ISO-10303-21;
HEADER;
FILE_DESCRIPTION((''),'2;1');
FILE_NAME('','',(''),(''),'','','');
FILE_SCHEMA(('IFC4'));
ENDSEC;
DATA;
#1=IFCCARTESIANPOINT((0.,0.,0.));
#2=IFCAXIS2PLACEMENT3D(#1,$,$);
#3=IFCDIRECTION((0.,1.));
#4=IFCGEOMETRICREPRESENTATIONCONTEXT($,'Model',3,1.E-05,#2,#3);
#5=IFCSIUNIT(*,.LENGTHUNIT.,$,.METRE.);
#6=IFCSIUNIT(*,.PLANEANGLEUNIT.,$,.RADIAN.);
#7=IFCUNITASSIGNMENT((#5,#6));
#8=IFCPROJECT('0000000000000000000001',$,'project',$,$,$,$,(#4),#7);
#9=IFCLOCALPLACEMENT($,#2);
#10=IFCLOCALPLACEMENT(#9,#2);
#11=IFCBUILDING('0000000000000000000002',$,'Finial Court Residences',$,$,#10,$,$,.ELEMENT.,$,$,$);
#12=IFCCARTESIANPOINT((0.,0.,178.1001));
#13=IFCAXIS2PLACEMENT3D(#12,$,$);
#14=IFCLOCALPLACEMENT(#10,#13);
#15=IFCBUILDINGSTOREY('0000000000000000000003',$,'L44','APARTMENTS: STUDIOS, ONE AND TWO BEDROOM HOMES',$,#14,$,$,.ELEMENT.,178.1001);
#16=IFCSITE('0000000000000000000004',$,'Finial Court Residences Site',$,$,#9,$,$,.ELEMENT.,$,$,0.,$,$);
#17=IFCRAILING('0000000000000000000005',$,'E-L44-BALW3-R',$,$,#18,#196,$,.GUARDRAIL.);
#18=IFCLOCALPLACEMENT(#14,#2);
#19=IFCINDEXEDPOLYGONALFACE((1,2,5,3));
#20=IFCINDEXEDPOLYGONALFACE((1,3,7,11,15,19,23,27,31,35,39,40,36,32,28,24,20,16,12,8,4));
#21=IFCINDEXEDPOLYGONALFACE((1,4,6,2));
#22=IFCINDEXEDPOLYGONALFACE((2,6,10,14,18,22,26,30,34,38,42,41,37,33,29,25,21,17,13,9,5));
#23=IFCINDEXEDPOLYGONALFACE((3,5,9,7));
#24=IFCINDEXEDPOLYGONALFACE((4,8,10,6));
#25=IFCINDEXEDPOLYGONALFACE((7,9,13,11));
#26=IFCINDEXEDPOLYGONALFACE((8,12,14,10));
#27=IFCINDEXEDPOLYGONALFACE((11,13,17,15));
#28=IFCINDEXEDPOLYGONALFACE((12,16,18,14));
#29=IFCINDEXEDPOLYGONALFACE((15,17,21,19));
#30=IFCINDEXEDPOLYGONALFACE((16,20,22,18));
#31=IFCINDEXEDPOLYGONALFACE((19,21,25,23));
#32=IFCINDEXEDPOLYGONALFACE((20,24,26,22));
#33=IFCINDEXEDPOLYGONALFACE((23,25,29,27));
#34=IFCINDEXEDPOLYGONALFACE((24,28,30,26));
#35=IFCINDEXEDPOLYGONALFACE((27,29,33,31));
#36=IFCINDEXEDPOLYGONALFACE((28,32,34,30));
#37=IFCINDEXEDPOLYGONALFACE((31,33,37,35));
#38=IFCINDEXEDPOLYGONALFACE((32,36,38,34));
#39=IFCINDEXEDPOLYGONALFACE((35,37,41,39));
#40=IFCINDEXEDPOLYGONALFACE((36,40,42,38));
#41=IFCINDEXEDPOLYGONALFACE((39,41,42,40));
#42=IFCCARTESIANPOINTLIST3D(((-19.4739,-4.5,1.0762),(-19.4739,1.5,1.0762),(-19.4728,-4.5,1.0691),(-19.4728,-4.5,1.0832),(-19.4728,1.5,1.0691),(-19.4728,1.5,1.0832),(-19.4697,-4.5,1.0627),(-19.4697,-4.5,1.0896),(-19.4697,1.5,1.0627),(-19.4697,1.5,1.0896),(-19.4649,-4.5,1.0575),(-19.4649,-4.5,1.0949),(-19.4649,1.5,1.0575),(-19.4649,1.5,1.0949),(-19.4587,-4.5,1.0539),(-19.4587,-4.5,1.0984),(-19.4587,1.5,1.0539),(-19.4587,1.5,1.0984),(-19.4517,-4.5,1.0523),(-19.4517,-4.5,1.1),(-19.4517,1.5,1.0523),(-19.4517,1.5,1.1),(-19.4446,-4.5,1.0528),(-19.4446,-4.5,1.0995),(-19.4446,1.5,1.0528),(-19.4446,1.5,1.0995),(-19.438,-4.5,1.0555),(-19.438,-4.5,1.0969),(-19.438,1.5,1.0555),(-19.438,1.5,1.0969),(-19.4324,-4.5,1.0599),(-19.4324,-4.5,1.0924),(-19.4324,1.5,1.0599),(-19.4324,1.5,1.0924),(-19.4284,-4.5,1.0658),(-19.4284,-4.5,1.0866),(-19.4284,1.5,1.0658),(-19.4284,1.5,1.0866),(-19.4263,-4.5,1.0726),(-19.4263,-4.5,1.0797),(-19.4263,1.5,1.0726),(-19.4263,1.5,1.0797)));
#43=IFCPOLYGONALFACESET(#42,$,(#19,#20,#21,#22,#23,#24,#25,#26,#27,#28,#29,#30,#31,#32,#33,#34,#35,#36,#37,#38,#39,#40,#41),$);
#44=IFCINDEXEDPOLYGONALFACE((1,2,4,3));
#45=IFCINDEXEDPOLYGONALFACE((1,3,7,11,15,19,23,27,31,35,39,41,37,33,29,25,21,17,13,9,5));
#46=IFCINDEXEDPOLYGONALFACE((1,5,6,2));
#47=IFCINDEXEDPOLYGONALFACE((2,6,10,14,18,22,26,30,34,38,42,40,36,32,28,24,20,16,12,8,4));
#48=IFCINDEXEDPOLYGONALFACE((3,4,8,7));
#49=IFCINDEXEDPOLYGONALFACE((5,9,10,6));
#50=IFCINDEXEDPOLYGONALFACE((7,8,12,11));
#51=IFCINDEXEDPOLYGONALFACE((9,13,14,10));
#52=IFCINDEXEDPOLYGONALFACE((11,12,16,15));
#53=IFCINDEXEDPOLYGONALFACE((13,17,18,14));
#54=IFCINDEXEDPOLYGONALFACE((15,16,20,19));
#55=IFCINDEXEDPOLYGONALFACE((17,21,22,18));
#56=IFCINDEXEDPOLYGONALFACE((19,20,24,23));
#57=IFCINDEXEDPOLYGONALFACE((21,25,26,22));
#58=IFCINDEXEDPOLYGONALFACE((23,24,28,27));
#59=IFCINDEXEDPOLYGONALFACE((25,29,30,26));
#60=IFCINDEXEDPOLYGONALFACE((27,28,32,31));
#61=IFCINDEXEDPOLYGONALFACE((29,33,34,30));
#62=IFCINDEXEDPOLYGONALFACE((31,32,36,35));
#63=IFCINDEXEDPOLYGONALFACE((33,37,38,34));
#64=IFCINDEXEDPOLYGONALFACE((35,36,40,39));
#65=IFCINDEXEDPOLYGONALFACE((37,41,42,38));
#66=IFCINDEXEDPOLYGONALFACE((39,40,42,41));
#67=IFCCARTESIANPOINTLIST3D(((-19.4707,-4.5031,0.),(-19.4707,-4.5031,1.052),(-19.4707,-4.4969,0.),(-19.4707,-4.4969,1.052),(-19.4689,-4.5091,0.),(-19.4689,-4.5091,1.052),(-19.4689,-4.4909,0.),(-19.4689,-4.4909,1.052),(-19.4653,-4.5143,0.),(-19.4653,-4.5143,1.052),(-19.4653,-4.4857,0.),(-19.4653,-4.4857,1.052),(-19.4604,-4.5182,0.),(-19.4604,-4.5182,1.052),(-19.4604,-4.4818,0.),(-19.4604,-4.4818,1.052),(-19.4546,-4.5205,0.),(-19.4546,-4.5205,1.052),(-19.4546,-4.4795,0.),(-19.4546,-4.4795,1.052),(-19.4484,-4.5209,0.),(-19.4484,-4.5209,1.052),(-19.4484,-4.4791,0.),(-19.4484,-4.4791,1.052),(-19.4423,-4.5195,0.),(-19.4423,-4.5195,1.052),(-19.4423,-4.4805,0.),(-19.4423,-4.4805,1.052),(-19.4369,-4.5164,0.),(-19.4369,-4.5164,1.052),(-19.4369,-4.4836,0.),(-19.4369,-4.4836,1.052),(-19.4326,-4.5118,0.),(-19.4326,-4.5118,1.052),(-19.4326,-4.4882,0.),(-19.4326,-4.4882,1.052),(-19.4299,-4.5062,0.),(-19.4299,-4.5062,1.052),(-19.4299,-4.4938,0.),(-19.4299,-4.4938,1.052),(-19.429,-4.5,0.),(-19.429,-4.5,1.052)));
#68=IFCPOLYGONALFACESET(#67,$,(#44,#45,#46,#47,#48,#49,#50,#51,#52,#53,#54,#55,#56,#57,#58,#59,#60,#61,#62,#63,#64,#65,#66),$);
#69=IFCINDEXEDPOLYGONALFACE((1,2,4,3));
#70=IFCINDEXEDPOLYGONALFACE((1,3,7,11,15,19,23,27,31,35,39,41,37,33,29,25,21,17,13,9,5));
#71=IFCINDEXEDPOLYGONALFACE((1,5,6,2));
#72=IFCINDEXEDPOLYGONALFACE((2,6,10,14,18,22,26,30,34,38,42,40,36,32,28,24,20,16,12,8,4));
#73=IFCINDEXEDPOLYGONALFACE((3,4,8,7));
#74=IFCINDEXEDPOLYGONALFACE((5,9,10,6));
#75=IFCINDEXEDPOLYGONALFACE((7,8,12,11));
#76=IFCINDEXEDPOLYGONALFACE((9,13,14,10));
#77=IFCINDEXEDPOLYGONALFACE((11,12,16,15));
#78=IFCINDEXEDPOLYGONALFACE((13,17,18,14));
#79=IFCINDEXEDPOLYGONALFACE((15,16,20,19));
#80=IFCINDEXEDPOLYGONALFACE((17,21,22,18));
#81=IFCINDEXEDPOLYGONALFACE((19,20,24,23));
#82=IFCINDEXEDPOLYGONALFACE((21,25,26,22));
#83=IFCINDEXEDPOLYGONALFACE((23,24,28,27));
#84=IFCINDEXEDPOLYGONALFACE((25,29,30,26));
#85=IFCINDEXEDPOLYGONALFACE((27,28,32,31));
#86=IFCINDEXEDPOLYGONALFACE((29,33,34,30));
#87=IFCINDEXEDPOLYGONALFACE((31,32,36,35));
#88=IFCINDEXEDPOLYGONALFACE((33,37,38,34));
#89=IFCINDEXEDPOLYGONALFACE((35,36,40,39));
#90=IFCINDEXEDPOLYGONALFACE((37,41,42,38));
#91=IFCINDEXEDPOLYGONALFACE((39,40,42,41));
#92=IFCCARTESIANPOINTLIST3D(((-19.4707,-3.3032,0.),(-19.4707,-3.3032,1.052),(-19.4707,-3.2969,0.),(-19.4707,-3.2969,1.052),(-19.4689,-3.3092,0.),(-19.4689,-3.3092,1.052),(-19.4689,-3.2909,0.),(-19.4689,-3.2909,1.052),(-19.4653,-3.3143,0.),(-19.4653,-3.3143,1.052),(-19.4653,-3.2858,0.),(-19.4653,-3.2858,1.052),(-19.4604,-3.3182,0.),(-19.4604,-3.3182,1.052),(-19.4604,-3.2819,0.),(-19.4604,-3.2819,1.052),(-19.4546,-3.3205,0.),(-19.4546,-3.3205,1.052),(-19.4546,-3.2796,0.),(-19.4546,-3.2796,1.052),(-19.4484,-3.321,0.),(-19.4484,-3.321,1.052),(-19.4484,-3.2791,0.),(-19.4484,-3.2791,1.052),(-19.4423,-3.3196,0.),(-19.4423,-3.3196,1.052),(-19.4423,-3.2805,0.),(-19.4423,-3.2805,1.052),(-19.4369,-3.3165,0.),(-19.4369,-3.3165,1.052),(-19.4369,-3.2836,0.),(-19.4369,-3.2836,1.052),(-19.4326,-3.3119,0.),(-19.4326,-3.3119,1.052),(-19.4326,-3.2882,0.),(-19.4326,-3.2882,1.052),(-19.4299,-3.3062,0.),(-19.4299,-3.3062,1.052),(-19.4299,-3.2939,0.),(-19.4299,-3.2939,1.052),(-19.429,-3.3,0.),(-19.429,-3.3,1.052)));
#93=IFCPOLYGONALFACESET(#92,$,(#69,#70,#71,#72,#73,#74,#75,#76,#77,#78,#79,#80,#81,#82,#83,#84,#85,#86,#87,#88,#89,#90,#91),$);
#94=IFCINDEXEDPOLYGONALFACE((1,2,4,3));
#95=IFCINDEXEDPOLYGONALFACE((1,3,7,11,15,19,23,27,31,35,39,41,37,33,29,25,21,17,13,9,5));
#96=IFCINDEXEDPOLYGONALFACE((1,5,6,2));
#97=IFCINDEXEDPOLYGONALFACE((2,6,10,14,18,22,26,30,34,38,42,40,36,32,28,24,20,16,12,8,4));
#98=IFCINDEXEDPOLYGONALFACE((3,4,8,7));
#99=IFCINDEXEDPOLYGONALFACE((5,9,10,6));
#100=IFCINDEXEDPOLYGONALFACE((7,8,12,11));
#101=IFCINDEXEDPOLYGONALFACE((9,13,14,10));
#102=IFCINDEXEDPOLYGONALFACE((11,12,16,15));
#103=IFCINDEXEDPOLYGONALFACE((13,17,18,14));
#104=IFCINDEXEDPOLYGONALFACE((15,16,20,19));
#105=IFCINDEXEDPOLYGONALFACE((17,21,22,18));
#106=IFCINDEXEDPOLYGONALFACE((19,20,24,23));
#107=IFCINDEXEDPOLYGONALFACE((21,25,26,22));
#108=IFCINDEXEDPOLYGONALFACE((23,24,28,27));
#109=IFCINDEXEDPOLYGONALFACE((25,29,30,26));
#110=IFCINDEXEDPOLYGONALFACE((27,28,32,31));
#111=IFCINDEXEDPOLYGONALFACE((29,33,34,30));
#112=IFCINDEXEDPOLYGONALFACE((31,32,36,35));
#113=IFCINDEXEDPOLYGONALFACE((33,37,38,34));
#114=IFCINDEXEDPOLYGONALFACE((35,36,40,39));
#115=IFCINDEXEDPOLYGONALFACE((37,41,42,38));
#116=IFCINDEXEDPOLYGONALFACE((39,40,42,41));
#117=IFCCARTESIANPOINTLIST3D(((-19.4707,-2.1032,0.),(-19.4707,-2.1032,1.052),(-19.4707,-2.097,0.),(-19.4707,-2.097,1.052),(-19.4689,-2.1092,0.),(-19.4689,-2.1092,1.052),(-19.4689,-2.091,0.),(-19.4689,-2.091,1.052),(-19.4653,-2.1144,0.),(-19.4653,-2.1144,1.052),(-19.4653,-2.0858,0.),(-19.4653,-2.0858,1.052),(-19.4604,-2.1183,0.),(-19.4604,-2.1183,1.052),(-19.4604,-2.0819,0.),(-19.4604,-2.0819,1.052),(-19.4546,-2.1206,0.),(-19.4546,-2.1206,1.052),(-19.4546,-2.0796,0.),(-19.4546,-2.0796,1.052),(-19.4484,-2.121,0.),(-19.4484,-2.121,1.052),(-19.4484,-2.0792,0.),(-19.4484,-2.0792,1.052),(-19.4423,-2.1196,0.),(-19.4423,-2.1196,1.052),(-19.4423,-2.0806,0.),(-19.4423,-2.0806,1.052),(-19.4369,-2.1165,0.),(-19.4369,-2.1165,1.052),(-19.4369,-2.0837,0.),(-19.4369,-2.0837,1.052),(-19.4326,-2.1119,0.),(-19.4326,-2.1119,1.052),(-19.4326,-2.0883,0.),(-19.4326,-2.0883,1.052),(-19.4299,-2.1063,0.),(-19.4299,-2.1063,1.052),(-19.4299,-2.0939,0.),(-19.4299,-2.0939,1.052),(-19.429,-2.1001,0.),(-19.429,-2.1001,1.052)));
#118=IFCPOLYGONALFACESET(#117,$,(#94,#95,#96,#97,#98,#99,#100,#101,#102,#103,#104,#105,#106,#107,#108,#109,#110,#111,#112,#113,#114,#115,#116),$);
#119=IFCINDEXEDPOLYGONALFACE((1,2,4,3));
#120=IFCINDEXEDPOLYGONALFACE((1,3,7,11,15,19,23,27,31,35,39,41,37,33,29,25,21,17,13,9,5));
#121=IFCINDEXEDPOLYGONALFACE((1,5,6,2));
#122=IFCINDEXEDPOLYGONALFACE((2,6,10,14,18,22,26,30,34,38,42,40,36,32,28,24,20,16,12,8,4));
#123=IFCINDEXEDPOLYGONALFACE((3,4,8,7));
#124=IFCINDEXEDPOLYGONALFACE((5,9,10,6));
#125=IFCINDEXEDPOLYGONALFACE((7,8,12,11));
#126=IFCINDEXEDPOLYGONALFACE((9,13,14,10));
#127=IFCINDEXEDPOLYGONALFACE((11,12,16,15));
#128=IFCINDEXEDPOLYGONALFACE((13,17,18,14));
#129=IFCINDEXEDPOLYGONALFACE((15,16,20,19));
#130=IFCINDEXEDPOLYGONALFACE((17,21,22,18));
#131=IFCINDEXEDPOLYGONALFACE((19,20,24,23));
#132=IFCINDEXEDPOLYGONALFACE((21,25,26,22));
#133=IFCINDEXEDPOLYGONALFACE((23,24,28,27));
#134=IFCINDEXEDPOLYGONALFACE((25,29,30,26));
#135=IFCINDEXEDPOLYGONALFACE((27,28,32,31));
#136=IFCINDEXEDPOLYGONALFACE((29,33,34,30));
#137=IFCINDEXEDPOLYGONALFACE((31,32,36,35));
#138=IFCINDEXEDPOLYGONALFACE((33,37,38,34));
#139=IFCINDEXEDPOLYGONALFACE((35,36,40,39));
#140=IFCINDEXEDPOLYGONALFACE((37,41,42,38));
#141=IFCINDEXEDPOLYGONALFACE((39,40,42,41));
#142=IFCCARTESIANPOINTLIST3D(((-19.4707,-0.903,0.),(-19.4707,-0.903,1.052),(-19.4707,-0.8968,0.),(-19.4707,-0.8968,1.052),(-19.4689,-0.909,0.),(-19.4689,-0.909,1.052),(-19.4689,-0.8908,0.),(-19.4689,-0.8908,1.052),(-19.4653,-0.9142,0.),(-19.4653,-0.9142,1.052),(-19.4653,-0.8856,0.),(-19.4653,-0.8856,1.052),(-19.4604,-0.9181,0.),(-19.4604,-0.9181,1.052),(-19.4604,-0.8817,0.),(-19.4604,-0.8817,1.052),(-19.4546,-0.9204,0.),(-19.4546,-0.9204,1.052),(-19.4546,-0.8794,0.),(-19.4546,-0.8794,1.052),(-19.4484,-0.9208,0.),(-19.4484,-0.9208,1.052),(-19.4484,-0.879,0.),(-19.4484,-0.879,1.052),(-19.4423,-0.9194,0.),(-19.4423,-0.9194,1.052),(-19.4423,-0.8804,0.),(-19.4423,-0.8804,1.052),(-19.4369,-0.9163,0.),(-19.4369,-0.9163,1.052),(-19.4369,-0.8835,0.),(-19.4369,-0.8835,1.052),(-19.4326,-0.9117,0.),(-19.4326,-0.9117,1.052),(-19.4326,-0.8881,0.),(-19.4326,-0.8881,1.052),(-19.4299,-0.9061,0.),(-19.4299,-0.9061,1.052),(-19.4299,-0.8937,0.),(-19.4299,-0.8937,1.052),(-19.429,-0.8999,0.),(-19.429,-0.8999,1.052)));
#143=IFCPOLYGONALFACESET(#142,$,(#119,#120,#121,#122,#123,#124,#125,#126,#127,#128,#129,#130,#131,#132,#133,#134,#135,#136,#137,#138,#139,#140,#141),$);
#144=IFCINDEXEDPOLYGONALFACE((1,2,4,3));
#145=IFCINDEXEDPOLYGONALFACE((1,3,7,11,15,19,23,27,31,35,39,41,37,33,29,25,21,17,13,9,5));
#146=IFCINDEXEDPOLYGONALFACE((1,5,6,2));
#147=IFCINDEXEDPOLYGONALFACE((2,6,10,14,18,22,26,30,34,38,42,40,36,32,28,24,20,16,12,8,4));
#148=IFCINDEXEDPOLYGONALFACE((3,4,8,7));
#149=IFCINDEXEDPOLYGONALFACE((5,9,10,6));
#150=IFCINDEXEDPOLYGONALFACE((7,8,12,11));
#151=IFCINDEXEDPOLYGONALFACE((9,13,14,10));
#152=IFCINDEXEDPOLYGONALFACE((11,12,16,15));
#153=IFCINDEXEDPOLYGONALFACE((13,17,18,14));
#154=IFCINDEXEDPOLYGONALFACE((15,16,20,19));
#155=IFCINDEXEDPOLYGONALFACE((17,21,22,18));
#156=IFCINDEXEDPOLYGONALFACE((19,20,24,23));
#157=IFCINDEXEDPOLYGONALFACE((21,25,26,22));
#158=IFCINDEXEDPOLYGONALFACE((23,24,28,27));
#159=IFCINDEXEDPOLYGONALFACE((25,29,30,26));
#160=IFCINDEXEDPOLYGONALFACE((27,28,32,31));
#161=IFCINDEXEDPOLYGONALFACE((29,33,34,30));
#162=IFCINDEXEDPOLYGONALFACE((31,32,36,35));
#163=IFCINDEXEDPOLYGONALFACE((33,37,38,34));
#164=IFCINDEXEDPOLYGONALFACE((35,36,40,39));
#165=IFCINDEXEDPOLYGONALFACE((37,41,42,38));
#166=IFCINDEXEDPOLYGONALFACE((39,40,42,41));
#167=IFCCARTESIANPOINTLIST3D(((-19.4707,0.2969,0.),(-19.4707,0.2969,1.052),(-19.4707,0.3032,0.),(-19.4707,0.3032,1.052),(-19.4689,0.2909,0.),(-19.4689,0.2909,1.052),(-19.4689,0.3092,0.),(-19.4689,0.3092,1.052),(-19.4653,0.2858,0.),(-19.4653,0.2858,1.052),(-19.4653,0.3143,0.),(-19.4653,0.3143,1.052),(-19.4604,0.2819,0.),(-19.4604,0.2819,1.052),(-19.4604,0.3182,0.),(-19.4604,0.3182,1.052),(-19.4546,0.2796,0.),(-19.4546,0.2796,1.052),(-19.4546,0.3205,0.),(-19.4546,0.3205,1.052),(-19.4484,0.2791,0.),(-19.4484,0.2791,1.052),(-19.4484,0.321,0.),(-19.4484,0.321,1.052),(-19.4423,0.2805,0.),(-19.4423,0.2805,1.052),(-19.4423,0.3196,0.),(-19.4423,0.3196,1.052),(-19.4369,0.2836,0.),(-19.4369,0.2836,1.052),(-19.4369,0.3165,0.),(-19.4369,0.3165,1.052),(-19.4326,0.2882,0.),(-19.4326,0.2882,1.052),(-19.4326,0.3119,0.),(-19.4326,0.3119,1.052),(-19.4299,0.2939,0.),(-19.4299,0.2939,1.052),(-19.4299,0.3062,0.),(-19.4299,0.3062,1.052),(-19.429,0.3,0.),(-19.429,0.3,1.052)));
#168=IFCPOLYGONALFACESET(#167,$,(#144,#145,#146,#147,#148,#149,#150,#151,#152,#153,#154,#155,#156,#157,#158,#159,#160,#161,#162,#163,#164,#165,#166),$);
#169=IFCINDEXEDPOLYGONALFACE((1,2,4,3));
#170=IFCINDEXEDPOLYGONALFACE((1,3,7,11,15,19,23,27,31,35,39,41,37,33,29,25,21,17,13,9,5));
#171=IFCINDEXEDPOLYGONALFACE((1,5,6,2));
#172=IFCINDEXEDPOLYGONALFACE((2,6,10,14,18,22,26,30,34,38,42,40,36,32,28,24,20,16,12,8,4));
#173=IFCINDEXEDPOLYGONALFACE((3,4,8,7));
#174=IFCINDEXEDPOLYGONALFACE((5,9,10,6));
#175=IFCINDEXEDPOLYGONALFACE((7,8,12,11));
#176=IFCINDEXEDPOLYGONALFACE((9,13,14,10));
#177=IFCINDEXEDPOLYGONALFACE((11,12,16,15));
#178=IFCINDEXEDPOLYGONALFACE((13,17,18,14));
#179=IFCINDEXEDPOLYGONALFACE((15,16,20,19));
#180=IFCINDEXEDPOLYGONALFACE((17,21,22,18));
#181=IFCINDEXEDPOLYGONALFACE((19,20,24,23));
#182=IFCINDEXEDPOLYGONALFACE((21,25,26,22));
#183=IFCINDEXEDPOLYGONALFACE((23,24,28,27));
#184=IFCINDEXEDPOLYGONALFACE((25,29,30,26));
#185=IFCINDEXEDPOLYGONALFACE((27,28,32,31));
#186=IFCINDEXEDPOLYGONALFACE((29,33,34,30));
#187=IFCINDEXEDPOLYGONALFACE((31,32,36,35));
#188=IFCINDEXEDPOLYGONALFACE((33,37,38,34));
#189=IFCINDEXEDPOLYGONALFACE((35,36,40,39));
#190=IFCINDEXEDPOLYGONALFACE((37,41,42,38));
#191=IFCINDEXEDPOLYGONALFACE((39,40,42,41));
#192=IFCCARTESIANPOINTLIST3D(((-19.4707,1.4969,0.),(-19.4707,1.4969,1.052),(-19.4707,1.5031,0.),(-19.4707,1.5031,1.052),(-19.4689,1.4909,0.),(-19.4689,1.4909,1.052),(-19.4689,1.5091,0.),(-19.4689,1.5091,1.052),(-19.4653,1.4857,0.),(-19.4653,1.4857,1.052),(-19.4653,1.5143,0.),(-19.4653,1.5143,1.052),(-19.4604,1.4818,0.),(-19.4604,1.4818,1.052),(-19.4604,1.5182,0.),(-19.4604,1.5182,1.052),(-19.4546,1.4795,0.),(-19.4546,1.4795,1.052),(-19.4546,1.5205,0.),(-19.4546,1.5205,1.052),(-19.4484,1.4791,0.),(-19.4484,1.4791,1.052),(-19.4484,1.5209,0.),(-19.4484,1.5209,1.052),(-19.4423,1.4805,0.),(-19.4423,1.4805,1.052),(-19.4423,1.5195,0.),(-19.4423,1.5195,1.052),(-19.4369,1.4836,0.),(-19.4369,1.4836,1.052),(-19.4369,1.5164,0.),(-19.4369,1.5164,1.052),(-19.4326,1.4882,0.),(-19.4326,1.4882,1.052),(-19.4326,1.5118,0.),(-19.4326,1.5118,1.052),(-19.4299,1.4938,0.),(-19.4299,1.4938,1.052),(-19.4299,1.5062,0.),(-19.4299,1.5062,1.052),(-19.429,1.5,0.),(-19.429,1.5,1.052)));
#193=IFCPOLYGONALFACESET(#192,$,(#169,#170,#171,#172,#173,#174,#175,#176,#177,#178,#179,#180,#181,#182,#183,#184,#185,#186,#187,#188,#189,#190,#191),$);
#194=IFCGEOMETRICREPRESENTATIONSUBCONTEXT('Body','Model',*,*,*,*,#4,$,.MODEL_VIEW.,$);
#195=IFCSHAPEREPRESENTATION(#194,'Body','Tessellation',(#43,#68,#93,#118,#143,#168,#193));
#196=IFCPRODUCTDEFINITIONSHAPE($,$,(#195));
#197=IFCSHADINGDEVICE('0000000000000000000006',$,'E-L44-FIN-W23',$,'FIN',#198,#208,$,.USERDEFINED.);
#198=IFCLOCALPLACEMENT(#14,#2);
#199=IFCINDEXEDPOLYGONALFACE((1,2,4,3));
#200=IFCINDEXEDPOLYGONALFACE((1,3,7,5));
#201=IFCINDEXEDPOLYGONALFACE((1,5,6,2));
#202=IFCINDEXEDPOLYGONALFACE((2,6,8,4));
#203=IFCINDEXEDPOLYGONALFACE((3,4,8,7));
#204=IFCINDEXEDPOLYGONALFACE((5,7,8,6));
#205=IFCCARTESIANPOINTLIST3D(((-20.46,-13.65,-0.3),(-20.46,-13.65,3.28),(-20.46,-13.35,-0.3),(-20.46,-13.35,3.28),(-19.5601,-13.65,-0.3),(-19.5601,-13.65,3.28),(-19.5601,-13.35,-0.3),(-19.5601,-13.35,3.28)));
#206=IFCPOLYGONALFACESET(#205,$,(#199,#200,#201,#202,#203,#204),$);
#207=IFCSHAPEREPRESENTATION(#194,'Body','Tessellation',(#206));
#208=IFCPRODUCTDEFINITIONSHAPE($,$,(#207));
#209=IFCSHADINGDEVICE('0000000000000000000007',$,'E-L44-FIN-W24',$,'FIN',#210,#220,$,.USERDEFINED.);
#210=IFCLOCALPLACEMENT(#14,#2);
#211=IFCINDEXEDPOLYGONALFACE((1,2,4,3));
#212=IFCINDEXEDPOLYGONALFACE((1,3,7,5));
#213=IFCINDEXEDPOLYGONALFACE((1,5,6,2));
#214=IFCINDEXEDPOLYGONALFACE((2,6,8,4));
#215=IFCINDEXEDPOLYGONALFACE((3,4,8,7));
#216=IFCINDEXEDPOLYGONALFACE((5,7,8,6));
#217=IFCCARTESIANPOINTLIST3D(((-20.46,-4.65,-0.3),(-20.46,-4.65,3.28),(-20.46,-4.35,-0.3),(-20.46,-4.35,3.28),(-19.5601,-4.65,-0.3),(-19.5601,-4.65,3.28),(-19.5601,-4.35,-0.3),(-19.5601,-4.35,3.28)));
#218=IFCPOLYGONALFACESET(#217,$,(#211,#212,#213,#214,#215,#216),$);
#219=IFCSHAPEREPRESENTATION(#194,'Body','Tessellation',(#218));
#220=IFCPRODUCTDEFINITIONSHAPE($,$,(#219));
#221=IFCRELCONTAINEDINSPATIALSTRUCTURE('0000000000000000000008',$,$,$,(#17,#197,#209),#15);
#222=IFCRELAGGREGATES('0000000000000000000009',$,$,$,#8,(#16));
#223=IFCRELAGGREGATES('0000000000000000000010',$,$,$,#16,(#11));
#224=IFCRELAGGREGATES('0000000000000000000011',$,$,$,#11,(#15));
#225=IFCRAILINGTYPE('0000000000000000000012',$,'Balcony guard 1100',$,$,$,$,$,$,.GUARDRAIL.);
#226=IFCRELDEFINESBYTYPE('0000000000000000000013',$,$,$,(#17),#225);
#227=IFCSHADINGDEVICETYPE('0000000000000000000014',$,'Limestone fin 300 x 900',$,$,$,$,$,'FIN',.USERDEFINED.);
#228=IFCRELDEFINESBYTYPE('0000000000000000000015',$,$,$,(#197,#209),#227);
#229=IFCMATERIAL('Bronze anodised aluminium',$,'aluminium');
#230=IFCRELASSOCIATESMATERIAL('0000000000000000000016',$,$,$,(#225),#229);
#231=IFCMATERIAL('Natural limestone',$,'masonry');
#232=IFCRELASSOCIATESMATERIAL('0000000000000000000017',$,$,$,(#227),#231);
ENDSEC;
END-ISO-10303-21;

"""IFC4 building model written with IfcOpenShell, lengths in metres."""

from ifc_helpers import new_model, si_unit, direction, frame, origin, origin_2d, place, context, subcontext, project, spatial, rectangle, circle, extrude, material, type_object, element, save


model = new_model("IFC4")

# Units and contexts
model_context = context("Model", 3, precision=1e-05, world=origin(), true_north=direction((0.0, 1.0)))
body_context = subcontext(model_context, "Body", "Model", "MODEL_VIEW")
ifc_project = project(units=[si_unit("LENGTHUNIT", "METRE"), si_unit("PLANEANGLEUNIT", "RADIAN")], contexts=[model_context])

# Site, building, storey
site_placement = place(None, origin())
site = spatial("IfcSite", under=ifc_project, at=site_placement, Name="Finial Court Residences Site", CompositionType="ELEMENT", RefElevation=0.0)
building_placement = place(site_placement, origin())
building = spatial("IfcBuilding", under=site, at=building_placement, Name="Finial Court Residences", CompositionType="ELEMENT")
storey_placement = place(building_placement, frame((0.0, 0.0, 178.1001)))
storey = spatial("IfcBuildingStorey", under=building, at=storey_placement, Name="L44", Description="APARTMENTS: STUDIOS, ONE AND TWO BEDROOM HOMES", CompositionType="ELEMENT", Elevation=178.1001)

# Shared definitions
ifc_material_1 = material(Name="Bronze anodised aluminium", Category="aluminium")

# Shared definitions
ifc_material_2 = material(Name="Natural limestone", Category="masonry")

# Railing
railing_type = type_object("IfcRailingType", Name="Balcony guard 1100", PredefinedType="GUARDRAIL", material=ifc_material_1)
railing_placement = place(storey_placement, frame((-19.45, -4.5, 0.0)))
element("IfcRailing", 1, at=railing_placement, inside=storey, type_object=railing_type, Name="E-L44-BALW3-R", PredefinedType="GUARDRAIL", context=body_context, shape_type="SweptSolid", body=[
    extrude(circle(Radius=0.0239, at=origin_2d()), frame((0.0, 0.0, 1.0762), z_axis=(0.0, 1.0, 0.0), x_axis=(-1.0, 0.0, 0.0)), (0.0, 0.0, 1.0), 6.0),
    extrude(circle(Radius=0.021, at=origin_2d()), origin(), (0.0, 0.0, 1.0), 1.052),
    extrude(circle(Radius=0.021, at=origin_2d()), frame((0.0, 1.2, 0.0)), (0.0, 0.0, 1.0), 1.052),
    extrude(circle(Radius=0.021, at=origin_2d()), frame((0.0, 2.3999, 0.0)), (0.0, 0.0, 1.0), 1.052),
    extrude(circle(Radius=0.021, at=origin_2d()), frame((0.0, 3.6001, 0.0)), (0.0, 0.0, 1.0), 1.052),
    extrude(circle(Radius=0.021, at=origin_2d()), frame((0.0, 4.8, 0.0)), (0.0, 0.0, 1.0), 1.052),
    extrude(circle(Radius=0.021, at=origin_2d()), frame((0.0, 6.0, 0.0)), (0.0, 0.0, 1.0), 1.052),
])

# Shading devices
shading_device_type = type_object("IfcShadingDeviceType", Name="Limestone fin 300 x 900", ElementType="FIN", PredefinedType="USERDEFINED", material=ifc_material_2)
for number, where, z_axis, x_axis, name in (
    (2, (-20.01, -13.5, -0.3), (0.0, 0.0, 1.0), (1.0, 0.0, 0.0), "E-L44-FIN-W23"),
    (3, (-20.01, -4.5, -0.3), (0.0, 0.0, 1.0), (1.0, 0.0, 0.0), "E-L44-FIN-W24"),
):
    element("IfcShadingDevice", number, at=place(storey_placement, frame(where, z_axis=z_axis, x_axis=x_axis)), inside=storey, type_object=shading_device_type, Name=name, ObjectType="FIN", PredefinedType="USERDEFINED", context=body_context, shape_type="SweptSolid", body=[
        extrude(rectangle(XDim=0.8999, YDim=0.3, at=origin_2d()), origin(), (0.0, 0.0, 1.0), 3.5801),
    ])

save(model, "model.ifc")
